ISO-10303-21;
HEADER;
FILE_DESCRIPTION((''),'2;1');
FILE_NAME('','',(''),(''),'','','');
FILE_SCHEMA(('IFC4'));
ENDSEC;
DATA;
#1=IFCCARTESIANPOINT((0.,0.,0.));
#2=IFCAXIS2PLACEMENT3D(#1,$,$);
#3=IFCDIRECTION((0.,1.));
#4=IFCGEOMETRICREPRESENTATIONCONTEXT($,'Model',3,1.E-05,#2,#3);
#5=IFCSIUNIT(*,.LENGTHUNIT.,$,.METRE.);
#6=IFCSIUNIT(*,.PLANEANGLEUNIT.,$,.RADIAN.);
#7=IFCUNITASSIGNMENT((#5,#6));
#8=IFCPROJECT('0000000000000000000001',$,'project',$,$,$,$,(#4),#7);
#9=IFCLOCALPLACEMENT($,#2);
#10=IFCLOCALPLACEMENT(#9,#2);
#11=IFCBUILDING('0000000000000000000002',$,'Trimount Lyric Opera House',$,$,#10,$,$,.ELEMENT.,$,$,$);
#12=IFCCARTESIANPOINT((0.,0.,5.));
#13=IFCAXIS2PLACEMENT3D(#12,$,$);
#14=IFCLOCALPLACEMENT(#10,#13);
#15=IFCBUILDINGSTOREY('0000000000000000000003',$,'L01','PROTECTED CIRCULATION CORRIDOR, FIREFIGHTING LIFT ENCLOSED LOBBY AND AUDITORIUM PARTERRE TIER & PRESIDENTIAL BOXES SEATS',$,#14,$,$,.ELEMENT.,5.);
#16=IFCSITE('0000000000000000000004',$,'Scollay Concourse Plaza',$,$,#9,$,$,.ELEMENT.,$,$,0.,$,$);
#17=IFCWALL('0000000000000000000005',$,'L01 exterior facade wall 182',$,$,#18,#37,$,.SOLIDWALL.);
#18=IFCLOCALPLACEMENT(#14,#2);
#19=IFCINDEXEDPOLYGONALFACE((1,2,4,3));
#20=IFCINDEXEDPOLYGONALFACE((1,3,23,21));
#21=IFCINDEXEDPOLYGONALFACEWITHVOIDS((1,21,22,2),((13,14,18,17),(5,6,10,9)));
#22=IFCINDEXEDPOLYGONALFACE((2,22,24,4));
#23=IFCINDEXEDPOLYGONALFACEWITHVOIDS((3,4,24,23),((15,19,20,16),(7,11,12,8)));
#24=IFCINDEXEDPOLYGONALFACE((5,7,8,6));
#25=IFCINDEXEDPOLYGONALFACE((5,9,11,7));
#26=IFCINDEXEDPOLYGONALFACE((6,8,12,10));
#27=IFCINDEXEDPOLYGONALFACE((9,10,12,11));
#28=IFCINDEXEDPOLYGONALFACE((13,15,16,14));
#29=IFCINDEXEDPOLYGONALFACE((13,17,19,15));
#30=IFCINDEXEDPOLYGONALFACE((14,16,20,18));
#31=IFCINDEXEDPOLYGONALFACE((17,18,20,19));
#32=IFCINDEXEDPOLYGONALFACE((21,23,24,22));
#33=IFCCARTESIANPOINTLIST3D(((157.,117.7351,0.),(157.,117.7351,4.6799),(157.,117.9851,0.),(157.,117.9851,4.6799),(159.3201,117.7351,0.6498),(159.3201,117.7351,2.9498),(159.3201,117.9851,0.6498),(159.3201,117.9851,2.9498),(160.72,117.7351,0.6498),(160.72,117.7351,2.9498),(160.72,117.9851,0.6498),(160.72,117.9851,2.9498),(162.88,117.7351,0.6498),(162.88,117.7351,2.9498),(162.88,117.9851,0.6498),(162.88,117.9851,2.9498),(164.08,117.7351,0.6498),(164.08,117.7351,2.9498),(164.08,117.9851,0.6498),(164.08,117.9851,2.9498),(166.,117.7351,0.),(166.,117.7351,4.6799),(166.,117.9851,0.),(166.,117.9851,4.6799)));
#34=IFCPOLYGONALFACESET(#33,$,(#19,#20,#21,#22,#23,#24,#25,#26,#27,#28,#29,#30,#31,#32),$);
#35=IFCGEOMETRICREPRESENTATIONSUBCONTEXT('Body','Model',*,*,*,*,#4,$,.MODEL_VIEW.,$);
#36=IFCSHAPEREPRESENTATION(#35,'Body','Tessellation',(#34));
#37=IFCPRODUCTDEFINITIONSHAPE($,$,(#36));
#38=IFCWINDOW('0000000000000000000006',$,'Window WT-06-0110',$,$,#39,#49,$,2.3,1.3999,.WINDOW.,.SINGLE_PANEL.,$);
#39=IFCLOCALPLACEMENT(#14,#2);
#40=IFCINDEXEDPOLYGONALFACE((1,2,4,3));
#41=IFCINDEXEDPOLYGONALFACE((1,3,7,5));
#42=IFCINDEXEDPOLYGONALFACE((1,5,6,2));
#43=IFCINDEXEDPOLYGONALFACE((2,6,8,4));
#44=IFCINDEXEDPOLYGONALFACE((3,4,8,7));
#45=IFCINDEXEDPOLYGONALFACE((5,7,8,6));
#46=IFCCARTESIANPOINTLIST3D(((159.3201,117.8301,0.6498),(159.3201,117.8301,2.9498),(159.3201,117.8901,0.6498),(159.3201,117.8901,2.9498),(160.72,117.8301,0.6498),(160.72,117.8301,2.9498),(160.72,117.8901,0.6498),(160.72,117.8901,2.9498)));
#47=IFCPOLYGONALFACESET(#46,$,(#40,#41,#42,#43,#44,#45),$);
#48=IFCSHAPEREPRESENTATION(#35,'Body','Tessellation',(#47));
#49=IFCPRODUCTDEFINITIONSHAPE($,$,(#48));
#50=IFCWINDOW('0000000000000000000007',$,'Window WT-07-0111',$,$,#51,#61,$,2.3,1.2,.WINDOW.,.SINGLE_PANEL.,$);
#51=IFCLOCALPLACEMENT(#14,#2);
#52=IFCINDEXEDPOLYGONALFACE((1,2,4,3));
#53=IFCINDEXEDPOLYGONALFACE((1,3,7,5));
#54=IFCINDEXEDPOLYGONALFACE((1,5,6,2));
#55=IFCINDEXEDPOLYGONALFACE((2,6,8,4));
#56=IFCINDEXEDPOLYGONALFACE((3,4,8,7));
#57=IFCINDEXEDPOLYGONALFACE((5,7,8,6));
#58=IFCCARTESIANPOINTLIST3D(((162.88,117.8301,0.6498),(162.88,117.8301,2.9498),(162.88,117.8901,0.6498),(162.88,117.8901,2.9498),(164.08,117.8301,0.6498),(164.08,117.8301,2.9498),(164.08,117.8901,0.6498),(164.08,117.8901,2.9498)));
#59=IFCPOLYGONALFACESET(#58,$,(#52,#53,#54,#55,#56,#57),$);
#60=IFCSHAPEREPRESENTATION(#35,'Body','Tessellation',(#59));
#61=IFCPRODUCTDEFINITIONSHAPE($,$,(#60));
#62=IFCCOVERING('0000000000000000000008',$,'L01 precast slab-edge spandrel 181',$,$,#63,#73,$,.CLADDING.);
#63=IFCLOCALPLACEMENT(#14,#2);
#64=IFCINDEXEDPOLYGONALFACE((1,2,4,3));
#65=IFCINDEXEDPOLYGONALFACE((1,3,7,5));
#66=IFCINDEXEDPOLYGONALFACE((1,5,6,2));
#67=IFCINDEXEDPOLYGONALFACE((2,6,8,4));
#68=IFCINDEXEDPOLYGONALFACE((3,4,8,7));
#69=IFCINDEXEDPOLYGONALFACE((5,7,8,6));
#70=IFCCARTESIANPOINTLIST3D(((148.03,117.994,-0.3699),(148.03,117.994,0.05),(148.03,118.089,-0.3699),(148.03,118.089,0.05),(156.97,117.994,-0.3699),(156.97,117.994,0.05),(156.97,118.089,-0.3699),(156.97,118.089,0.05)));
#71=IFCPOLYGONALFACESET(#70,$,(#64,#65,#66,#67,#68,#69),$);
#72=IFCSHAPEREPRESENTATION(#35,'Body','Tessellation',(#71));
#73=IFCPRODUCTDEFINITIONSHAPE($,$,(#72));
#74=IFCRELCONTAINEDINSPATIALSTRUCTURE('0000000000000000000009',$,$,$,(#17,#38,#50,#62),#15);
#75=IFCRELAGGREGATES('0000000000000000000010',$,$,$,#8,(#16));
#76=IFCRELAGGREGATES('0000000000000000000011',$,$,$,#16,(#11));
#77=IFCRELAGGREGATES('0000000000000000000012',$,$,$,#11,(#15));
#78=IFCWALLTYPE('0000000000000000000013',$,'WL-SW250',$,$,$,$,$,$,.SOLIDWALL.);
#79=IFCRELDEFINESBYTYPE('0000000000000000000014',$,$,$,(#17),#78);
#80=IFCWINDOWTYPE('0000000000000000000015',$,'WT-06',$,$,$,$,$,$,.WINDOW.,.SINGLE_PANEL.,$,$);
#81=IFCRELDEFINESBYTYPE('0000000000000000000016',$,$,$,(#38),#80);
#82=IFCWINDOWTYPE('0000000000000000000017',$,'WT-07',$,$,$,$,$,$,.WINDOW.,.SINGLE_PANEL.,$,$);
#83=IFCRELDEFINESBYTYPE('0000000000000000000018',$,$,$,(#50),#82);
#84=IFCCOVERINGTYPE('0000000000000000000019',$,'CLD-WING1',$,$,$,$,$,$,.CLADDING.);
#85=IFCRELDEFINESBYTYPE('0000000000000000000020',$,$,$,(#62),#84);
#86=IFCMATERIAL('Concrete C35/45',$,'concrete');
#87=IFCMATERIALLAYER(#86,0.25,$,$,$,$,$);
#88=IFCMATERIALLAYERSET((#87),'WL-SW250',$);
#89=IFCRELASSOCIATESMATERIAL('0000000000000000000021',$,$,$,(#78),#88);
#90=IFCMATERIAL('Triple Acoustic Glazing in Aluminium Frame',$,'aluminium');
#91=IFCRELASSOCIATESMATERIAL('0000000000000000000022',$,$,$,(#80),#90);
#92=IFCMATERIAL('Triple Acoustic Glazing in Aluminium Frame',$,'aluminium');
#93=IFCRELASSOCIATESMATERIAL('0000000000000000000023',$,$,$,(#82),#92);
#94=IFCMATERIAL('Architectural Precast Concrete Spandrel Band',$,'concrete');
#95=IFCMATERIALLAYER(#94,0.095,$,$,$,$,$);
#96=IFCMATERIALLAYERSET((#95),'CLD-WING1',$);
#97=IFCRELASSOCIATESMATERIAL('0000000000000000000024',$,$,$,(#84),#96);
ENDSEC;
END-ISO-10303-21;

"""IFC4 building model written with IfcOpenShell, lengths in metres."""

from ifc_helpers import new_model, si_unit, direction, frame, frame_2d, origin, origin_2d, place, context, subcontext, project, spatial, rectangle, extrude, material, layer, layer_set, type_object, element, fill, save


model = new_model("IFC4")

# Units and contexts
model_context = context("Model", 3, precision=1e-05, world=origin(), true_north=direction((0.0, 1.0)))
body_context = subcontext(model_context, "Body", "Model", "MODEL_VIEW")
ifc_project = project(units=[si_unit("LENGTHUNIT", "METRE"), si_unit("PLANEANGLEUNIT", "RADIAN")], contexts=[model_context])

# Site, building, storey
site_placement = place(None, origin())
site = spatial("IfcSite", under=ifc_project, at=site_placement, Name="Scollay Concourse Plaza", CompositionType="ELEMENT", RefElevation=0.0)
building_placement = place(site_placement, origin())
building = spatial("IfcBuilding", under=site, at=building_placement, Name="Trimount Lyric Opera House", CompositionType="ELEMENT")
storey_placement = place(building_placement, frame((0.0, 0.0, 5.0)))
storey = spatial("IfcBuildingStorey", under=building, at=storey_placement, Name="L01", Description="PROTECTED CIRCULATION CORRIDOR, FIREFIGHTING LIFT ENCLOSED LOBBY AND AUDITORIUM PARTERRE TIER & PRESIDENTIAL BOXES SEATS", CompositionType="ELEMENT", Elevation=5.0)

# Wall, openings, windows
ifc_material_1 = material(Name="Concrete C35/45", Category="concrete")
ifc_layer_1 = layer(ifc_material_1, 0.25)
ifc_layer_set_1 = layer_set([ifc_layer_1], Name="WL-SW250")
wall_type = type_object("IfcWallType", Name="WL-SW250", PredefinedType="SOLIDWALL", material=ifc_layer_set_1)
wall_1_placement = place(storey_placement, frame((157.0, 117.8601, 0.0), z_axis=(0.0, 0.0, 1.0), x_axis=(1.0, 0.0, 0.0)))
wall_1 = element("IfcWall", 1, at=wall_1_placement, inside=storey, type_object=wall_type, Name="L01 exterior facade wall 182", PredefinedType="SOLIDWALL", context=body_context, shape_type="SweptSolid", body=[
    extrude(rectangle(XDim=9.0, YDim=0.25, at=frame_2d((4.5, 0.0))), origin(), (0.0, 0.0, 1.0), 4.6799),
])
opening_1_placement = place(wall_1_placement, frame((2.3201, 0.0, 0.6499)))
opening_1 = element("IfcOpeningElement", 2, at=opening_1_placement, cuts=wall_1, PredefinedType="OPENING", context=body_context, shape_type="SweptSolid", body=[
    extrude(rectangle(XDim=1.3999, YDim=2.3, at=frame_2d((0.7, 1.1499))), frame((0.0, 0.135, 0.0), z_axis=(0.0, -1.0, 0.0), x_axis=(1.0, 0.0, 0.0)), (0.0, 0.0, 1.0), 0.27),
])
opening_2_placement = place(wall_1_placement, frame((5.8799, 0.0, 0.6499)))
opening_2 = element("IfcOpeningElement", 3, at=opening_2_placement, cuts=wall_1, PredefinedType="OPENING", context=body_context, shape_type="SweptSolid", body=[
    extrude(rectangle(XDim=1.2, YDim=2.3, at=frame_2d((0.6001, 1.1499))), frame((0.0, 0.135, 0.0), z_axis=(0.0, -1.0, 0.0), x_axis=(1.0, 0.0, 0.0)), (0.0, 0.0, 1.0), 0.27),
])
ifc_material_2 = material(Name="Triple Acoustic Glazing in Aluminium Frame", Category="aluminium")
window_type_1 = type_object("IfcWindowType", Name="WT-06", PartitioningType="SINGLE_PANEL", PredefinedType="WINDOW", material=ifc_material_2)
window_1_placement = place(opening_1_placement, origin())
window_1 = element("IfcWindow", 4, at=window_1_placement, inside=storey, type_object=window_type_1, Name="Window WT-06-0110", OverallHeight=2.3, OverallWidth=1.3999, PartitioningType="SINGLE_PANEL", PredefinedType="WINDOW", context=body_context, shape_type="SweptSolid", body=[
    extrude(rectangle(XDim=1.3999, YDim=2.3, at=frame_2d((0.7, 1.1499))), frame((0.0, 0.03, 0.0), z_axis=(0.0, -1.0, 0.0), x_axis=(1.0, 0.0, 0.0)), (0.0, 0.0, 1.0), 0.0601),
])
fill(opening_1, window_1)
ifc_material_3 = material(Name="Triple Acoustic Glazing in Aluminium Frame", Category="aluminium")
window_type_2 = type_object("IfcWindowType", Name="WT-07", PartitioningType="SINGLE_PANEL", PredefinedType="WINDOW", material=ifc_material_3)
window_2_placement = place(opening_2_placement, origin())
window_2 = element("IfcWindow", 5, at=window_2_placement, inside=storey, type_object=window_type_2, Name="Window WT-07-0111", OverallHeight=2.3, OverallWidth=1.2, PartitioningType="SINGLE_PANEL", PredefinedType="WINDOW", context=body_context, shape_type="SweptSolid", body=[
    extrude(rectangle(XDim=1.2, YDim=2.3, at=frame_2d((0.6001, 1.1499))), frame((0.0, 0.03, 0.0), z_axis=(0.0, -1.0, 0.0), x_axis=(1.0, 0.0, 0.0)), (0.0, 0.0, 1.0), 0.0601),
])
fill(opening_2, window_2)

# Covering
ifc_material_4 = material(Name="Architectural Precast Concrete Spandrel Band", Category="concrete")
ifc_layer_2 = layer(ifc_material_4, 0.095)
ifc_layer_set_2 = layer_set([ifc_layer_2], Name="CLD-WING1")
covering_type = type_object("IfcCoveringType", Name="CLD-WING1", PredefinedType="CLADDING", material=ifc_layer_set_2)
covering_placement = place(storey_placement, frame((152.5, 118.0415, -0.3699), z_axis=(0.0, 0.0, 1.0), x_axis=(1.0, 0.0, 0.0)))
element("IfcCovering", 6, at=covering_placement, inside=storey, type_object=covering_type, Name="L01 precast slab-edge spandrel 181", PredefinedType="CLADDING", context=body_context, shape_type="SweptSolid", body=[
    extrude(rectangle(XDim=8.9399, YDim=0.095, at=origin_2d()), origin(), (0.0, 0.0, 1.0), 0.4199),
])

save(model, "model.ifc")
